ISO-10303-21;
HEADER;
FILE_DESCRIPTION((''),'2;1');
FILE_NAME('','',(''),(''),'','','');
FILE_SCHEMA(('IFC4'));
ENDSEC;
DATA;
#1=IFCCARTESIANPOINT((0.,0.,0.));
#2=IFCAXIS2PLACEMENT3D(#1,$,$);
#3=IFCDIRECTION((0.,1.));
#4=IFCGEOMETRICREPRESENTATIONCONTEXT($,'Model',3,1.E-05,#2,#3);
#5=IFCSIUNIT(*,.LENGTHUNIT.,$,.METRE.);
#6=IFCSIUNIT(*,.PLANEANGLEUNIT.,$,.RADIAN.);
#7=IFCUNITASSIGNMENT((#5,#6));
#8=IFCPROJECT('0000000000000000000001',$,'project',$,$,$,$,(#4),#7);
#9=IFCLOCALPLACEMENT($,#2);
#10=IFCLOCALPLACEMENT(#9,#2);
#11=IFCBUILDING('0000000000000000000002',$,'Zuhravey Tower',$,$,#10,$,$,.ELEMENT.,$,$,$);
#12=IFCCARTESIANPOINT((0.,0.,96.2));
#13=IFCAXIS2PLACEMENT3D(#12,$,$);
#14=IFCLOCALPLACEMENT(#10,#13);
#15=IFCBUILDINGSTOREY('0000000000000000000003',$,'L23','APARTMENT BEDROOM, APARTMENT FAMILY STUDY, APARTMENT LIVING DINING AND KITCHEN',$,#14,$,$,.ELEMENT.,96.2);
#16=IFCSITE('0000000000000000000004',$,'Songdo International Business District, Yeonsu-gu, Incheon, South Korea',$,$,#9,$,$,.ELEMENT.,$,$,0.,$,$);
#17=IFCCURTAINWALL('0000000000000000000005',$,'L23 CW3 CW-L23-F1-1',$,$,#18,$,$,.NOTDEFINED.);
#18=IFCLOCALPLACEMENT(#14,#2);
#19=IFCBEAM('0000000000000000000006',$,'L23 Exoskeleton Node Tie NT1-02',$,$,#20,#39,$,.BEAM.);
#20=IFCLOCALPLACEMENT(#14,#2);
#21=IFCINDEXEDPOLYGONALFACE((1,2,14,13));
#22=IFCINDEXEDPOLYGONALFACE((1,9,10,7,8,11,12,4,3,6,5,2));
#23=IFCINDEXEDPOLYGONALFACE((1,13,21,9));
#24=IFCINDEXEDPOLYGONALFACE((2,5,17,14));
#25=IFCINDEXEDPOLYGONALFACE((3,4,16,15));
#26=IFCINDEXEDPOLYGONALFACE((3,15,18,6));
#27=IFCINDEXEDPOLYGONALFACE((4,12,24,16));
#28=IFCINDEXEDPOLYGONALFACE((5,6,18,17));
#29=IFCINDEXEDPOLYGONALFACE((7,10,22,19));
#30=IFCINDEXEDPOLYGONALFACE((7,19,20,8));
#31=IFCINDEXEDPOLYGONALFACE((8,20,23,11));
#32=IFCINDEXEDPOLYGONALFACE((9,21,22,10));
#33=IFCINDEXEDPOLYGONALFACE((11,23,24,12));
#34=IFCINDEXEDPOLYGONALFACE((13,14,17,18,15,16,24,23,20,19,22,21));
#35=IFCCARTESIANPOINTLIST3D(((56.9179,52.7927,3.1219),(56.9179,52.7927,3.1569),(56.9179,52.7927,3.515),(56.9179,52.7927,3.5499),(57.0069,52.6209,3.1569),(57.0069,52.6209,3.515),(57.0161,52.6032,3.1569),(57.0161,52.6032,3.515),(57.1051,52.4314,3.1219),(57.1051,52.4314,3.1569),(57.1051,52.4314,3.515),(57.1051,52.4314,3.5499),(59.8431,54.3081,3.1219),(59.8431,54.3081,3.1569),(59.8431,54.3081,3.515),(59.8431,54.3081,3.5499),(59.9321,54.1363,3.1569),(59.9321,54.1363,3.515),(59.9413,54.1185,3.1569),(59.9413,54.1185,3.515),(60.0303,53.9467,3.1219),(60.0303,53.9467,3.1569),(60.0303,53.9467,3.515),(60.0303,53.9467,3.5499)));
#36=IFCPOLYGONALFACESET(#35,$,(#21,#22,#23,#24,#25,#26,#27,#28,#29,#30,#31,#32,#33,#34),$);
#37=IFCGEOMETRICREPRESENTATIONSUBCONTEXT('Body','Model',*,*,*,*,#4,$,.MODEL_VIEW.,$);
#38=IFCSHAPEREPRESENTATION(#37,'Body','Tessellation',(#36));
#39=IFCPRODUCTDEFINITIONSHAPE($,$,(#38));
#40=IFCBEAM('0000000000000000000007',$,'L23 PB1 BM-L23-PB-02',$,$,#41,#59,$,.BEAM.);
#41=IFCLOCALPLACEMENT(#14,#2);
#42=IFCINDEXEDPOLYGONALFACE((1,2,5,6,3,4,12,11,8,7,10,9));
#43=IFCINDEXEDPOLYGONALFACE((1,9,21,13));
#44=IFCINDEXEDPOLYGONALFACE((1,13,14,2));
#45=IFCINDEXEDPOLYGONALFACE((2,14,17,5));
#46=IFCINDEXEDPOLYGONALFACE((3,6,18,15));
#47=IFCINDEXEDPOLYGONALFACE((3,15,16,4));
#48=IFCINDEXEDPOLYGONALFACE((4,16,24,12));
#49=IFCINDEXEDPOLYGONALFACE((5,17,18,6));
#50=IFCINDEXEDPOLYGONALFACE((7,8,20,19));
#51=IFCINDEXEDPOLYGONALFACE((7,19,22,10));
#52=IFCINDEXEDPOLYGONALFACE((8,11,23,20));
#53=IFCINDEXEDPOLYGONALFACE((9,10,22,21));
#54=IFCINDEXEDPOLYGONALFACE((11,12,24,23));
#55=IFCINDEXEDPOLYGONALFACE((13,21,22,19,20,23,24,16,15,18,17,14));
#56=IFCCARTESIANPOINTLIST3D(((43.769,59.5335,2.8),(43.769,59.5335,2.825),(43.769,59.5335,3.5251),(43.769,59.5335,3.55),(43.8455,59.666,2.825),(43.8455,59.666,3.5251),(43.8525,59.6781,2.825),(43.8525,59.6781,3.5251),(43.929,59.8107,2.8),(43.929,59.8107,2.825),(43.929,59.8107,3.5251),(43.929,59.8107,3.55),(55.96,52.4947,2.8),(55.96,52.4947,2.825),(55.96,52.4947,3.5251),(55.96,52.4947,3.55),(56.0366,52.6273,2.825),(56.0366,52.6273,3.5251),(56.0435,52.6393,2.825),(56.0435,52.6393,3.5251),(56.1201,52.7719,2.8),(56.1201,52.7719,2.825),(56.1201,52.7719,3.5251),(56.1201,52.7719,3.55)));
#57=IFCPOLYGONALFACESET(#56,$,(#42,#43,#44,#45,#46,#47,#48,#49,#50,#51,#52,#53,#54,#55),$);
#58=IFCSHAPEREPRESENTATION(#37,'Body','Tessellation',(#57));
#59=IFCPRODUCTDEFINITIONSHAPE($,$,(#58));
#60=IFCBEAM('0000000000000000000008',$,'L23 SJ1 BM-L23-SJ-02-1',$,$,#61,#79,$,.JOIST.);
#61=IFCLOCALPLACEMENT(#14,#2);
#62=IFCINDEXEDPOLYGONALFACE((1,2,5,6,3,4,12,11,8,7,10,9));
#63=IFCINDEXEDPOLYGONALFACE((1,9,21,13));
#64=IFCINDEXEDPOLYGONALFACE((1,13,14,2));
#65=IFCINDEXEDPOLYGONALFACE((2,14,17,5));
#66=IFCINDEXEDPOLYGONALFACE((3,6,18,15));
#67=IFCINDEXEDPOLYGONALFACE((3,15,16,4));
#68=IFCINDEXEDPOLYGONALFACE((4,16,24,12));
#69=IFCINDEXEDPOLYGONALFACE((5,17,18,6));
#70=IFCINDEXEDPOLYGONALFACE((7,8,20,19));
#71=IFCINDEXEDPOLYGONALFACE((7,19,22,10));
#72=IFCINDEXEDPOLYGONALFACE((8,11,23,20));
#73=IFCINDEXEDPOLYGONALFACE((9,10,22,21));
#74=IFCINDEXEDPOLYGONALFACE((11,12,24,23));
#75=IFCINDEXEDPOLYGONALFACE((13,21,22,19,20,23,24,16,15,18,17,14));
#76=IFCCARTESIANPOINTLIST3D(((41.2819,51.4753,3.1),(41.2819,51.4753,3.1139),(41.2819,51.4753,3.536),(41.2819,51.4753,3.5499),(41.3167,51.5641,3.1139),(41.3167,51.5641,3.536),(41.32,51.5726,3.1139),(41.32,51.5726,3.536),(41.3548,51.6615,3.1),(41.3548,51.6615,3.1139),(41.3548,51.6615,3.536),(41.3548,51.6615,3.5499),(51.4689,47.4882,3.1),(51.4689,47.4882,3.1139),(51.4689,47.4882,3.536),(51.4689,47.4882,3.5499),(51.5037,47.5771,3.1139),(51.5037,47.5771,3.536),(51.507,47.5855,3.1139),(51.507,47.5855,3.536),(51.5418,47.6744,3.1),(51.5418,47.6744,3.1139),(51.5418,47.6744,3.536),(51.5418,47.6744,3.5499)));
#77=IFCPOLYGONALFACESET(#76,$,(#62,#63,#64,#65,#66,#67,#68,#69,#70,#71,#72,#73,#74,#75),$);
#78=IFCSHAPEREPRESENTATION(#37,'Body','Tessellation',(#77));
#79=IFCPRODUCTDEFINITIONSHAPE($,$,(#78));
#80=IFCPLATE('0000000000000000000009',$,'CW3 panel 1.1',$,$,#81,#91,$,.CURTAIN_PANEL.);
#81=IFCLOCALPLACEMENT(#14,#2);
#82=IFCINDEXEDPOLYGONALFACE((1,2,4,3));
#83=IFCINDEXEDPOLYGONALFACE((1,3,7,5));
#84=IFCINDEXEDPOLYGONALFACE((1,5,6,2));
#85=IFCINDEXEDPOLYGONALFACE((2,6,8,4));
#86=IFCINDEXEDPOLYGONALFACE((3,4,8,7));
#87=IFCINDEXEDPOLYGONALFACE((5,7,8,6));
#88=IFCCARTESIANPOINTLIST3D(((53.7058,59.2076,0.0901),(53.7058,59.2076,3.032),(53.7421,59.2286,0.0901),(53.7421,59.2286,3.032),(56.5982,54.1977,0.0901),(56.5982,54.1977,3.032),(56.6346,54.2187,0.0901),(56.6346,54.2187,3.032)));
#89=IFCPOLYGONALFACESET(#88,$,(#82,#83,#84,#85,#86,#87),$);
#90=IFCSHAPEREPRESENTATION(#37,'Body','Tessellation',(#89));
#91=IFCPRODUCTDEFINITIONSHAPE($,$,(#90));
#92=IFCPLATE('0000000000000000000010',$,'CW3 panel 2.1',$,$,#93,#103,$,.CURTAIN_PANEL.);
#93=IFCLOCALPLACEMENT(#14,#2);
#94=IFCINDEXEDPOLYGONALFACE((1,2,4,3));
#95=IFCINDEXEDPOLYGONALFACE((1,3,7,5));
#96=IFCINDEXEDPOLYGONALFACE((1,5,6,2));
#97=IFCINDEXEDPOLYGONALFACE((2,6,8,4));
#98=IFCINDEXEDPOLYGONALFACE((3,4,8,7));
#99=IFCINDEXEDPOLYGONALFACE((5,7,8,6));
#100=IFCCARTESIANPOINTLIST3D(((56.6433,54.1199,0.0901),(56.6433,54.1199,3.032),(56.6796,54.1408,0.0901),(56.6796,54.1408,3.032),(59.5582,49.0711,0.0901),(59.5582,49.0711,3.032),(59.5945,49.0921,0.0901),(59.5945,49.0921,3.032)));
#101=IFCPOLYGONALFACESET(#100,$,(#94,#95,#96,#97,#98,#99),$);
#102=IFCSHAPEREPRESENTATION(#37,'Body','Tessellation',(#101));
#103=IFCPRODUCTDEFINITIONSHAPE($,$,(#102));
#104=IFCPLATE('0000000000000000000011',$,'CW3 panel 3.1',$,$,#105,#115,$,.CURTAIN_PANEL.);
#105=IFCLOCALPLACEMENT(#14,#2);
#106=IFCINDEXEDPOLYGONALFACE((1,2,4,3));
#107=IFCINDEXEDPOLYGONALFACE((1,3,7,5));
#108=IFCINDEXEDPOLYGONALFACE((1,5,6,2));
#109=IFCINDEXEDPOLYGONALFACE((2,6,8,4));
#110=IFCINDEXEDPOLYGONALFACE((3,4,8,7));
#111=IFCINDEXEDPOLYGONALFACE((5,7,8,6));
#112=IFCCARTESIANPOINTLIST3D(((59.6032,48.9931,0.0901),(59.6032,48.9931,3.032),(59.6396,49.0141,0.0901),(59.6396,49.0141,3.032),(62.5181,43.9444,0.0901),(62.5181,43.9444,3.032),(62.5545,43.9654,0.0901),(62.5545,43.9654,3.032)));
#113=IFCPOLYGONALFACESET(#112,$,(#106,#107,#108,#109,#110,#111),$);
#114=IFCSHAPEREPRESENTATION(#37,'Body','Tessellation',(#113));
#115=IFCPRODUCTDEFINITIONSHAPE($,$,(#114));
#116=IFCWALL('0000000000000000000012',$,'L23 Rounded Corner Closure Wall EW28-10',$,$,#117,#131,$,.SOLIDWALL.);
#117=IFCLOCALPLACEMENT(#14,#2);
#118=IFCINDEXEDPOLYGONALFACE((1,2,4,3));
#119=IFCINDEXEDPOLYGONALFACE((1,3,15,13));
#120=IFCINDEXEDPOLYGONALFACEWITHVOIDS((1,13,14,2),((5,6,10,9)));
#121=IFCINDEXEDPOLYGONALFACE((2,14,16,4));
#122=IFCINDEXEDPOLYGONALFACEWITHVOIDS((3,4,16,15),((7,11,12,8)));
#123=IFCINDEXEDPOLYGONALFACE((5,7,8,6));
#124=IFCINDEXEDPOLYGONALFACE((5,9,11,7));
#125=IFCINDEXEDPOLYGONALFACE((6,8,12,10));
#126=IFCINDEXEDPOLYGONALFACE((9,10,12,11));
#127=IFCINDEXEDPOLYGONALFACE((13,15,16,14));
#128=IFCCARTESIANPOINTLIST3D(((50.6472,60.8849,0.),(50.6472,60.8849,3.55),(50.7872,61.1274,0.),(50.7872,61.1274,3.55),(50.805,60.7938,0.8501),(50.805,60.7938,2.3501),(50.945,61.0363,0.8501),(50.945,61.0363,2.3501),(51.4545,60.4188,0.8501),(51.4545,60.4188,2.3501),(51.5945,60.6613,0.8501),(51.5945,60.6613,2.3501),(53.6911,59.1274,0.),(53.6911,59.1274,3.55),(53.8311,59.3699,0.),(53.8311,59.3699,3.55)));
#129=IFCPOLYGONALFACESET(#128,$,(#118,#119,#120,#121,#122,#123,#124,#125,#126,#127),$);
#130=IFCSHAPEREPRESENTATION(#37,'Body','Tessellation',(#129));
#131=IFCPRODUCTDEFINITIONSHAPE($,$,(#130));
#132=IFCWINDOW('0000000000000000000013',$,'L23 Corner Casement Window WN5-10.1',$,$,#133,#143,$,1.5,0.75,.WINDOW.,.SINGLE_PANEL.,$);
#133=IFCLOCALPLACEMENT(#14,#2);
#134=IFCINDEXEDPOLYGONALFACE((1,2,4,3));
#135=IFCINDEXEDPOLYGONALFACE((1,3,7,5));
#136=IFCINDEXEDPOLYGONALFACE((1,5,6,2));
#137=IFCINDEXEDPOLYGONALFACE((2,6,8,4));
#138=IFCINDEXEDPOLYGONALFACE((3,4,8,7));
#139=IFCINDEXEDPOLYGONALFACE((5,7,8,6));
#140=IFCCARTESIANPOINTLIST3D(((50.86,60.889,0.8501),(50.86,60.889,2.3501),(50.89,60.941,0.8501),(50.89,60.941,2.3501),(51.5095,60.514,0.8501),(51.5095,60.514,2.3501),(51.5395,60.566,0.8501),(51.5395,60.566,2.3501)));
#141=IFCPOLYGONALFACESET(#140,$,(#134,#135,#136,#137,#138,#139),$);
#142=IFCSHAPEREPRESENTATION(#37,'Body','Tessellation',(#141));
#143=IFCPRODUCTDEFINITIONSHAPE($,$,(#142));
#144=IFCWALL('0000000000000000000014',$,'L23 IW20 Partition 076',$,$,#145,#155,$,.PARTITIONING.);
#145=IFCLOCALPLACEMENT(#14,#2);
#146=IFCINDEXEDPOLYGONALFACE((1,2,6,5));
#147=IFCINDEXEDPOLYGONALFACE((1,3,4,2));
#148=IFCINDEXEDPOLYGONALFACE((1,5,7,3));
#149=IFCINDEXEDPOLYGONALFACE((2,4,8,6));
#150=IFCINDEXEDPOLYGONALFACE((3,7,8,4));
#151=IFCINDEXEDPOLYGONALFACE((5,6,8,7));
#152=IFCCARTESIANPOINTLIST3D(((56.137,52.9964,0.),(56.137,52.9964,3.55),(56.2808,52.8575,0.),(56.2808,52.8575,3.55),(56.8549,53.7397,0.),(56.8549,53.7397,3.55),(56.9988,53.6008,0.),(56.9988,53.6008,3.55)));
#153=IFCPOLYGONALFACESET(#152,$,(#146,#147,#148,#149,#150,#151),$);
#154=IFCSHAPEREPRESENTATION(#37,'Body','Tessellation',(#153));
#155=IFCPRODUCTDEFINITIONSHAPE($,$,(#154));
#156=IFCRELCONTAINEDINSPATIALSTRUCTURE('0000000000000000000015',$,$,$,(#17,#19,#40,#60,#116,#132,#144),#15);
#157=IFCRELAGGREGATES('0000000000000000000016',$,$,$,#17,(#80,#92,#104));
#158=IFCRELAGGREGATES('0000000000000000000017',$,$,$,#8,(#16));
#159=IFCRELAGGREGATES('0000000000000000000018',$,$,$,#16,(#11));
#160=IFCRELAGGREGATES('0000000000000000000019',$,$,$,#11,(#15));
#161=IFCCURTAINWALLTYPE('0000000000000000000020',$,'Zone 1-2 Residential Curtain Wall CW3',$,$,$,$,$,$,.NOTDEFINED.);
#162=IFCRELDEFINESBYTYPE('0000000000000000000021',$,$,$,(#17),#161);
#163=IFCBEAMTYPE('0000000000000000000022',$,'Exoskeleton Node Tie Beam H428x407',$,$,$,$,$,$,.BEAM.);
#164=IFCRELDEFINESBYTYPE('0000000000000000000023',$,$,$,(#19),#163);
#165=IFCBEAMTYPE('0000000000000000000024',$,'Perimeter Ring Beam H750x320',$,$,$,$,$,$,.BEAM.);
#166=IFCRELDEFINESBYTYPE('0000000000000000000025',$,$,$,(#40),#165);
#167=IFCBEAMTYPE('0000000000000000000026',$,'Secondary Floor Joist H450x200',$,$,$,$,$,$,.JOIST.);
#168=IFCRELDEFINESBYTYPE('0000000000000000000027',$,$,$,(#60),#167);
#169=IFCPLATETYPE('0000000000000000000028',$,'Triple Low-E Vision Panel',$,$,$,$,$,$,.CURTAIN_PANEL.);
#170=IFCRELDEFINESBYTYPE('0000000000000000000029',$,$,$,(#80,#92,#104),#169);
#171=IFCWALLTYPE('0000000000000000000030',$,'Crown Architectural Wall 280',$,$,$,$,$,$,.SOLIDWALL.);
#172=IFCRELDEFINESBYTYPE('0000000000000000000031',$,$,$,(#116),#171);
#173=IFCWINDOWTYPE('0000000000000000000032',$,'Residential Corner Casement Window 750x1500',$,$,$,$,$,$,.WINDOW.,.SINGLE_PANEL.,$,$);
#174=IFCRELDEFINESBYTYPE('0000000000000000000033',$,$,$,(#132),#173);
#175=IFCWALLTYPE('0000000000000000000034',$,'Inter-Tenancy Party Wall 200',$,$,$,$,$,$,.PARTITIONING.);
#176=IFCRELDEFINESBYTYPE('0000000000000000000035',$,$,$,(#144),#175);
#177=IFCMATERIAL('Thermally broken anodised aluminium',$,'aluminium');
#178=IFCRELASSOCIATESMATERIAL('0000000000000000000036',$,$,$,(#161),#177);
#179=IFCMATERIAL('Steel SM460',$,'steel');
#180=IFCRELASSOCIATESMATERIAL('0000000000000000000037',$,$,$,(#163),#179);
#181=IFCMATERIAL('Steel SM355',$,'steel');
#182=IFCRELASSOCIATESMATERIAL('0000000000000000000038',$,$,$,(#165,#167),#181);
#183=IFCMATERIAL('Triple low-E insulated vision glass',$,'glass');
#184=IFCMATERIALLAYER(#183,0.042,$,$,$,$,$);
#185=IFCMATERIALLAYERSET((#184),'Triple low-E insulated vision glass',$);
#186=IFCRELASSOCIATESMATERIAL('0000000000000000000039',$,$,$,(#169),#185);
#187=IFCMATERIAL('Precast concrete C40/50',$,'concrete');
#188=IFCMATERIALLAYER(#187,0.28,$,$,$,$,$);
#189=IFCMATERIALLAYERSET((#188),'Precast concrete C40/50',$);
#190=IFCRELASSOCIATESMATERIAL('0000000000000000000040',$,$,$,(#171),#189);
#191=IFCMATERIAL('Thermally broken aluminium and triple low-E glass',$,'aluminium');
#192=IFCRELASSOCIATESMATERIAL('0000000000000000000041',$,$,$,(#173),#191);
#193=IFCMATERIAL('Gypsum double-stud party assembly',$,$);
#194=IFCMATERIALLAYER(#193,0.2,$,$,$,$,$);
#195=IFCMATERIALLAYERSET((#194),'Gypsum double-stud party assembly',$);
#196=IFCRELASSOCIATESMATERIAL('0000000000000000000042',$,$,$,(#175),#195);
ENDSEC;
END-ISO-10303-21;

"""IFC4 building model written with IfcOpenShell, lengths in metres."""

from ifc_helpers import new_model, si_unit, direction, frame, frame_2d, origin, origin_2d, place, context, subcontext, project, spatial, rectangle, i_section, extrude, material, layer, layer_set, material_profile, profile_set, type_object, element, fill, aggregate, save


model = new_model("IFC4")

# Units and contexts
model_context = context("Model", 3, precision=1e-05, world=origin(), true_north=direction((0.0, 1.0)))
body_context = subcontext(model_context, "Body", "Model", "MODEL_VIEW")
ifc_project = project(units=[si_unit("LENGTHUNIT", "METRE"), si_unit("PLANEANGLEUNIT", "RADIAN")], contexts=[model_context])

# Site, building, storey
site_placement = place(None, origin())
site = spatial("IfcSite", under=ifc_project, at=site_placement, Name="Songdo International Business District, Yeonsu-gu, Incheon, South Korea", CompositionType="ELEMENT", RefElevation=0.0)
building_placement = place(site_placement, origin())
building = spatial("IfcBuilding", under=site, at=building_placement, Name="Zuhravey Tower", CompositionType="ELEMENT")
storey_placement = place(building_placement, frame((0.0, 0.0, 96.2)))
storey = spatial("IfcBuildingStorey", under=building, at=storey_placement, Name="L23", Description="APARTMENT BEDROOM, APARTMENT FAMILY STUDY, APARTMENT LIVING DINING AND KITCHEN", CompositionType="ELEMENT", Elevation=96.2)

# Shared definitions
ifc_material_1 = material(Name="Thermally broken anodised aluminium", Category="aluminium")
curtain_wall_type = type_object("IfcCurtainWallType", Name="Zone 1-2 Residential Curtain Wall CW3", PredefinedType="NOTDEFINED", material=ifc_material_1)

# Curtain wall
curtain_wall_1_placement = place(storey_placement, origin())
curtain_wall_1 = element("IfcCurtainWall", 1, at=curtain_wall_1_placement, inside=storey, type_object=curtain_wall_type, Name="L23 CW3 CW-L23-F1-1", PredefinedType="NOTDEFINED")

# Beams
ifc_material_2 = material(Name="Steel SM460", Category="steel")
ifc_material_profile_1 = material_profile(ifc_material_2, i_section(OverallWidth=0.407, OverallDepth=0.428, WebThickness=0.02, FlangeThickness=0.0349, at=origin_2d()), Name="H-428x407x20x35")
ifc_profile_set_1 = profile_set([ifc_material_profile_1], Name="Steel SM460")
beam_type_1 = type_object("IfcBeamType", Name="Exoskeleton Node Tie Beam H428x407", PredefinedType="BEAM", material=ifc_profile_set_1)
beam_1_placement = place(storey_placement, frame((57.0115, 52.6121, 3.3359), z_axis=(0.887933, 0.459973, 0.0), x_axis=(-0.459973, 0.887933, 0.0)))
element("IfcBeam", 2, at=beam_1_placement, inside=storey, type_object=beam_type_1, Name="L23 Exoskeleton Node Tie NT1-02", PredefinedType="BEAM", context=body_context, shape_type="SweptSolid", body=[
    extrude(i_section(OverallWidth=0.407, OverallDepth=0.428, WebThickness=0.02, FlangeThickness=0.0349, at=origin_2d()), origin(), (0.0, 0.0, 1.0), 3.2944),
])
ifc_material_3 = material(Name="Steel SM355", Category="steel")
ifc_material_profile_2 = material_profile(ifc_material_3, i_section(OverallWidth=0.3201, OverallDepth=0.75, WebThickness=0.0139, FlangeThickness=0.0249, at=origin_2d()), Name="H-750x320x14x25")
ifc_profile_set_2 = profile_set([ifc_material_profile_2], Name="Steel SM355")
beam_type_2 = type_object("IfcBeamType", Name="Perimeter Ring Beam H750x320", PredefinedType="BEAM", material=ifc_profile_set_2)
beam_2_placement = place(storey_placement, frame((56.04, 52.6333, 3.175), z_axis=(-0.866018, 0.500013, 0.0), x_axis=(-0.500013, -0.866018, 0.0)))
element("IfcBeam", 3, at=beam_2_placement, inside=storey, type_object=beam_type_2, Name="L23 PB1 BM-L23-PB-02", PredefinedType="BEAM", context=body_context, shape_type="SweptSolid", body=[
    extrude(i_section(OverallWidth=0.3201, OverallDepth=0.75, WebThickness=0.0139, FlangeThickness=0.0249, at=origin_2d()), origin(), (0.0, 0.0, 1.0), 14.0771),
])
ifc_material_profile_3 = material_profile(ifc_material_3, i_section(OverallWidth=0.2, OverallDepth=0.45, WebThickness=0.009, FlangeThickness=0.0139, at=origin_2d()), Name="H-450x200x9x14")
ifc_profile_set_3 = profile_set([ifc_material_profile_3], Name="Steel SM355")
beam_type_3 = type_object("IfcBeamType", Name="Secondary Floor Joist H450x200", PredefinedType="JOIST", material=ifc_profile_set_3)
beam_3_placement = place(storey_placement, frame((51.5054, 47.5813, 3.325), z_axis=(-0.931217, 0.364466, 0.0), x_axis=(-0.364466, -0.931217, 0.0)))
element("IfcBeam", 4, at=beam_3_placement, inside=storey, type_object=beam_type_3, Name="L23 SJ1 BM-L23-SJ-02-1", PredefinedType="JOIST", context=body_context, shape_type="SweptSolid", body=[
    extrude(i_section(OverallWidth=0.2, OverallDepth=0.45, WebThickness=0.009, FlangeThickness=0.0139, at=origin_2d()), origin(), (0.0, 0.0, 1.0), 10.9395),
])

# Plates
ifc_material_4 = material(Name="Triple low-E insulated vision glass", Category="glass")
ifc_layer_1 = layer(ifc_material_4, 0.042)
ifc_layer_set_1 = layer_set([ifc_layer_1], Name="Triple low-E insulated vision glass")
plate_type = type_object("IfcPlateType", Name="Triple Low-E Vision Panel", PredefinedType="CURTAIN_PANEL", material=ifc_layer_set_1)
plate_1_placement = place(storey_placement, frame((55.1702, 56.7131, 0.0901), z_axis=(0.0, 0.0, 1.0), x_axis=(0.5, -0.866026, 0.0)))
plate_1 = element("IfcPlate", 5, at=plate_1_placement, type_object=plate_type, Name="CW3 panel 1.1", PredefinedType="CURTAIN_PANEL", context=body_context, shape_type="SweptSolid", body=[
    extrude(rectangle(XDim=5.7849, YDim=0.042, at=origin_2d()), origin(), (0.0, 0.0, 1.0), 2.9419),
])
plate_2_placement = place(storey_placement, frame((58.1189, 51.606, 0.0901), z_axis=(0.0, 0.0, 1.0), x_axis=(0.5, -0.866026, 0.0)))
plate_2 = element("IfcPlate", 6, at=plate_2_placement, type_object=plate_type, Name="CW3 panel 2.1", PredefinedType="CURTAIN_PANEL", context=body_context, shape_type="SweptSolid", body=[
    extrude(rectangle(XDim=5.8298, YDim=0.042, at=origin_2d()), origin(), (0.0, 0.0, 1.0), 2.9419),
])
plate_3_placement = place(storey_placement, frame((61.0789, 46.4792, 0.0901), z_axis=(0.0, 0.0, 1.0), x_axis=(0.5, -0.866026, 0.0)))
plate_3 = element("IfcPlate", 7, at=plate_3_placement, type_object=plate_type, Name="CW3 panel 3.1", PredefinedType="CURTAIN_PANEL", context=body_context, shape_type="SweptSolid", body=[
    extrude(rectangle(XDim=5.8298, YDim=0.042, at=origin_2d()), origin(), (0.0, 0.0, 1.0), 2.9419),
])
aggregate(curtain_wall_1, [plate_1, plate_2, plate_3])

# Wall, opening, window
ifc_material_5 = material(Name="Precast concrete C40/50", Category="concrete")
ifc_layer_2 = layer(ifc_material_5, 0.28)
ifc_layer_set_2 = layer_set([ifc_layer_2], Name="Precast concrete C40/50")
wall_type_1 = type_object("IfcWallType", Name="Crown Architectural Wall 280", PredefinedType="SOLIDWALL", material=ifc_layer_set_2)
wall_1_placement = place(storey_placement, frame((50.7173, 61.0061, 0.0), z_axis=(0.0, 0.0, 1.0), x_axis=(0.866007, -0.500031, 0.0)))
wall_1 = element("IfcWall", 8, at=wall_1_placement, inside=storey, type_object=wall_type_1, Name="L23 Rounded Corner Closure Wall EW28-10", PredefinedType="SOLIDWALL", context=body_context, shape_type="SweptSolid", body=[
    extrude(rectangle(XDim=3.5149, YDim=0.28, at=frame_2d((1.7573, 0.0))), origin(), (0.0, 0.0, 1.0), 3.55),
])
opening_1_placement = place(wall_1_placement, frame((0.1821, 0.0, 0.8501)))
opening_1 = element("IfcOpeningElement", 9, at=opening_1_placement, cuts=wall_1, PredefinedType="OPENING", context=body_context, shape_type="SweptSolid", body=[
    extrude(rectangle(XDim=0.75, YDim=1.5, at=frame_2d((0.375, 0.75))), frame((0.0, 0.1521, 0.0), z_axis=(0.0, -1.0, 0.0), x_axis=(1.0, 0.0, 0.0)), (0.0, 0.0, 1.0), 0.304),
])
ifc_material_6 = material(Name="Thermally broken aluminium and triple low-E glass", Category="aluminium")
window_type = type_object("IfcWindowType", Name="Residential Corner Casement Window 750x1500", PartitioningType="SINGLE_PANEL", PredefinedType="WINDOW", material=ifc_material_6)
window_placement = place(opening_1_placement, origin())
window = element("IfcWindow", 10, at=window_placement, inside=storey, type_object=window_type, Name="L23 Corner Casement Window WN5-10.1", OverallHeight=1.5, OverallWidth=0.75, PartitioningType="SINGLE_PANEL", PredefinedType="WINDOW", context=body_context, shape_type="SweptSolid", body=[
    extrude(rectangle(XDim=0.75, YDim=1.5, at=frame_2d((0.375, 0.75))), frame((0.0, 0.03, 0.0), z_axis=(0.0, -1.0, 0.0), x_axis=(1.0, 0.0, 0.0)), (0.0, 0.0, 1.0), 0.0601),
])
fill(opening_1, window)

# Wall
ifc_material_7 = material(Name="Gypsum double-stud party assembly")
ifc_layer_3 = layer(ifc_material_7, 0.2)
ifc_layer_set_3 = layer_set([ifc_layer_3], Name="Gypsum double-stud party assembly")
wall_type_2 = type_object("IfcWallType", Name="Inter-Tenancy Party Wall 200", PredefinedType="PARTITIONING", material=ifc_layer_set_3)
wall_2_placement = place(storey_placement, frame((56.209, 52.927, 0.0), z_axis=(0.0, 0.0, 1.0), x_axis=(0.694717, 0.719283, 0.0)))
element("IfcWall", 11, at=wall_2_placement, inside=storey, type_object=wall_type_2, Name="L23 IW20 Partition 076", PredefinedType="PARTITIONING", context=body_context, shape_type="SweptSolid", body=[
    extrude(rectangle(XDim=1.0334, YDim=0.2, at=frame_2d((0.5166, 0.0))), origin(), (0.0, 0.0, 1.0), 3.55),
])

save(model, "model.ifc")
